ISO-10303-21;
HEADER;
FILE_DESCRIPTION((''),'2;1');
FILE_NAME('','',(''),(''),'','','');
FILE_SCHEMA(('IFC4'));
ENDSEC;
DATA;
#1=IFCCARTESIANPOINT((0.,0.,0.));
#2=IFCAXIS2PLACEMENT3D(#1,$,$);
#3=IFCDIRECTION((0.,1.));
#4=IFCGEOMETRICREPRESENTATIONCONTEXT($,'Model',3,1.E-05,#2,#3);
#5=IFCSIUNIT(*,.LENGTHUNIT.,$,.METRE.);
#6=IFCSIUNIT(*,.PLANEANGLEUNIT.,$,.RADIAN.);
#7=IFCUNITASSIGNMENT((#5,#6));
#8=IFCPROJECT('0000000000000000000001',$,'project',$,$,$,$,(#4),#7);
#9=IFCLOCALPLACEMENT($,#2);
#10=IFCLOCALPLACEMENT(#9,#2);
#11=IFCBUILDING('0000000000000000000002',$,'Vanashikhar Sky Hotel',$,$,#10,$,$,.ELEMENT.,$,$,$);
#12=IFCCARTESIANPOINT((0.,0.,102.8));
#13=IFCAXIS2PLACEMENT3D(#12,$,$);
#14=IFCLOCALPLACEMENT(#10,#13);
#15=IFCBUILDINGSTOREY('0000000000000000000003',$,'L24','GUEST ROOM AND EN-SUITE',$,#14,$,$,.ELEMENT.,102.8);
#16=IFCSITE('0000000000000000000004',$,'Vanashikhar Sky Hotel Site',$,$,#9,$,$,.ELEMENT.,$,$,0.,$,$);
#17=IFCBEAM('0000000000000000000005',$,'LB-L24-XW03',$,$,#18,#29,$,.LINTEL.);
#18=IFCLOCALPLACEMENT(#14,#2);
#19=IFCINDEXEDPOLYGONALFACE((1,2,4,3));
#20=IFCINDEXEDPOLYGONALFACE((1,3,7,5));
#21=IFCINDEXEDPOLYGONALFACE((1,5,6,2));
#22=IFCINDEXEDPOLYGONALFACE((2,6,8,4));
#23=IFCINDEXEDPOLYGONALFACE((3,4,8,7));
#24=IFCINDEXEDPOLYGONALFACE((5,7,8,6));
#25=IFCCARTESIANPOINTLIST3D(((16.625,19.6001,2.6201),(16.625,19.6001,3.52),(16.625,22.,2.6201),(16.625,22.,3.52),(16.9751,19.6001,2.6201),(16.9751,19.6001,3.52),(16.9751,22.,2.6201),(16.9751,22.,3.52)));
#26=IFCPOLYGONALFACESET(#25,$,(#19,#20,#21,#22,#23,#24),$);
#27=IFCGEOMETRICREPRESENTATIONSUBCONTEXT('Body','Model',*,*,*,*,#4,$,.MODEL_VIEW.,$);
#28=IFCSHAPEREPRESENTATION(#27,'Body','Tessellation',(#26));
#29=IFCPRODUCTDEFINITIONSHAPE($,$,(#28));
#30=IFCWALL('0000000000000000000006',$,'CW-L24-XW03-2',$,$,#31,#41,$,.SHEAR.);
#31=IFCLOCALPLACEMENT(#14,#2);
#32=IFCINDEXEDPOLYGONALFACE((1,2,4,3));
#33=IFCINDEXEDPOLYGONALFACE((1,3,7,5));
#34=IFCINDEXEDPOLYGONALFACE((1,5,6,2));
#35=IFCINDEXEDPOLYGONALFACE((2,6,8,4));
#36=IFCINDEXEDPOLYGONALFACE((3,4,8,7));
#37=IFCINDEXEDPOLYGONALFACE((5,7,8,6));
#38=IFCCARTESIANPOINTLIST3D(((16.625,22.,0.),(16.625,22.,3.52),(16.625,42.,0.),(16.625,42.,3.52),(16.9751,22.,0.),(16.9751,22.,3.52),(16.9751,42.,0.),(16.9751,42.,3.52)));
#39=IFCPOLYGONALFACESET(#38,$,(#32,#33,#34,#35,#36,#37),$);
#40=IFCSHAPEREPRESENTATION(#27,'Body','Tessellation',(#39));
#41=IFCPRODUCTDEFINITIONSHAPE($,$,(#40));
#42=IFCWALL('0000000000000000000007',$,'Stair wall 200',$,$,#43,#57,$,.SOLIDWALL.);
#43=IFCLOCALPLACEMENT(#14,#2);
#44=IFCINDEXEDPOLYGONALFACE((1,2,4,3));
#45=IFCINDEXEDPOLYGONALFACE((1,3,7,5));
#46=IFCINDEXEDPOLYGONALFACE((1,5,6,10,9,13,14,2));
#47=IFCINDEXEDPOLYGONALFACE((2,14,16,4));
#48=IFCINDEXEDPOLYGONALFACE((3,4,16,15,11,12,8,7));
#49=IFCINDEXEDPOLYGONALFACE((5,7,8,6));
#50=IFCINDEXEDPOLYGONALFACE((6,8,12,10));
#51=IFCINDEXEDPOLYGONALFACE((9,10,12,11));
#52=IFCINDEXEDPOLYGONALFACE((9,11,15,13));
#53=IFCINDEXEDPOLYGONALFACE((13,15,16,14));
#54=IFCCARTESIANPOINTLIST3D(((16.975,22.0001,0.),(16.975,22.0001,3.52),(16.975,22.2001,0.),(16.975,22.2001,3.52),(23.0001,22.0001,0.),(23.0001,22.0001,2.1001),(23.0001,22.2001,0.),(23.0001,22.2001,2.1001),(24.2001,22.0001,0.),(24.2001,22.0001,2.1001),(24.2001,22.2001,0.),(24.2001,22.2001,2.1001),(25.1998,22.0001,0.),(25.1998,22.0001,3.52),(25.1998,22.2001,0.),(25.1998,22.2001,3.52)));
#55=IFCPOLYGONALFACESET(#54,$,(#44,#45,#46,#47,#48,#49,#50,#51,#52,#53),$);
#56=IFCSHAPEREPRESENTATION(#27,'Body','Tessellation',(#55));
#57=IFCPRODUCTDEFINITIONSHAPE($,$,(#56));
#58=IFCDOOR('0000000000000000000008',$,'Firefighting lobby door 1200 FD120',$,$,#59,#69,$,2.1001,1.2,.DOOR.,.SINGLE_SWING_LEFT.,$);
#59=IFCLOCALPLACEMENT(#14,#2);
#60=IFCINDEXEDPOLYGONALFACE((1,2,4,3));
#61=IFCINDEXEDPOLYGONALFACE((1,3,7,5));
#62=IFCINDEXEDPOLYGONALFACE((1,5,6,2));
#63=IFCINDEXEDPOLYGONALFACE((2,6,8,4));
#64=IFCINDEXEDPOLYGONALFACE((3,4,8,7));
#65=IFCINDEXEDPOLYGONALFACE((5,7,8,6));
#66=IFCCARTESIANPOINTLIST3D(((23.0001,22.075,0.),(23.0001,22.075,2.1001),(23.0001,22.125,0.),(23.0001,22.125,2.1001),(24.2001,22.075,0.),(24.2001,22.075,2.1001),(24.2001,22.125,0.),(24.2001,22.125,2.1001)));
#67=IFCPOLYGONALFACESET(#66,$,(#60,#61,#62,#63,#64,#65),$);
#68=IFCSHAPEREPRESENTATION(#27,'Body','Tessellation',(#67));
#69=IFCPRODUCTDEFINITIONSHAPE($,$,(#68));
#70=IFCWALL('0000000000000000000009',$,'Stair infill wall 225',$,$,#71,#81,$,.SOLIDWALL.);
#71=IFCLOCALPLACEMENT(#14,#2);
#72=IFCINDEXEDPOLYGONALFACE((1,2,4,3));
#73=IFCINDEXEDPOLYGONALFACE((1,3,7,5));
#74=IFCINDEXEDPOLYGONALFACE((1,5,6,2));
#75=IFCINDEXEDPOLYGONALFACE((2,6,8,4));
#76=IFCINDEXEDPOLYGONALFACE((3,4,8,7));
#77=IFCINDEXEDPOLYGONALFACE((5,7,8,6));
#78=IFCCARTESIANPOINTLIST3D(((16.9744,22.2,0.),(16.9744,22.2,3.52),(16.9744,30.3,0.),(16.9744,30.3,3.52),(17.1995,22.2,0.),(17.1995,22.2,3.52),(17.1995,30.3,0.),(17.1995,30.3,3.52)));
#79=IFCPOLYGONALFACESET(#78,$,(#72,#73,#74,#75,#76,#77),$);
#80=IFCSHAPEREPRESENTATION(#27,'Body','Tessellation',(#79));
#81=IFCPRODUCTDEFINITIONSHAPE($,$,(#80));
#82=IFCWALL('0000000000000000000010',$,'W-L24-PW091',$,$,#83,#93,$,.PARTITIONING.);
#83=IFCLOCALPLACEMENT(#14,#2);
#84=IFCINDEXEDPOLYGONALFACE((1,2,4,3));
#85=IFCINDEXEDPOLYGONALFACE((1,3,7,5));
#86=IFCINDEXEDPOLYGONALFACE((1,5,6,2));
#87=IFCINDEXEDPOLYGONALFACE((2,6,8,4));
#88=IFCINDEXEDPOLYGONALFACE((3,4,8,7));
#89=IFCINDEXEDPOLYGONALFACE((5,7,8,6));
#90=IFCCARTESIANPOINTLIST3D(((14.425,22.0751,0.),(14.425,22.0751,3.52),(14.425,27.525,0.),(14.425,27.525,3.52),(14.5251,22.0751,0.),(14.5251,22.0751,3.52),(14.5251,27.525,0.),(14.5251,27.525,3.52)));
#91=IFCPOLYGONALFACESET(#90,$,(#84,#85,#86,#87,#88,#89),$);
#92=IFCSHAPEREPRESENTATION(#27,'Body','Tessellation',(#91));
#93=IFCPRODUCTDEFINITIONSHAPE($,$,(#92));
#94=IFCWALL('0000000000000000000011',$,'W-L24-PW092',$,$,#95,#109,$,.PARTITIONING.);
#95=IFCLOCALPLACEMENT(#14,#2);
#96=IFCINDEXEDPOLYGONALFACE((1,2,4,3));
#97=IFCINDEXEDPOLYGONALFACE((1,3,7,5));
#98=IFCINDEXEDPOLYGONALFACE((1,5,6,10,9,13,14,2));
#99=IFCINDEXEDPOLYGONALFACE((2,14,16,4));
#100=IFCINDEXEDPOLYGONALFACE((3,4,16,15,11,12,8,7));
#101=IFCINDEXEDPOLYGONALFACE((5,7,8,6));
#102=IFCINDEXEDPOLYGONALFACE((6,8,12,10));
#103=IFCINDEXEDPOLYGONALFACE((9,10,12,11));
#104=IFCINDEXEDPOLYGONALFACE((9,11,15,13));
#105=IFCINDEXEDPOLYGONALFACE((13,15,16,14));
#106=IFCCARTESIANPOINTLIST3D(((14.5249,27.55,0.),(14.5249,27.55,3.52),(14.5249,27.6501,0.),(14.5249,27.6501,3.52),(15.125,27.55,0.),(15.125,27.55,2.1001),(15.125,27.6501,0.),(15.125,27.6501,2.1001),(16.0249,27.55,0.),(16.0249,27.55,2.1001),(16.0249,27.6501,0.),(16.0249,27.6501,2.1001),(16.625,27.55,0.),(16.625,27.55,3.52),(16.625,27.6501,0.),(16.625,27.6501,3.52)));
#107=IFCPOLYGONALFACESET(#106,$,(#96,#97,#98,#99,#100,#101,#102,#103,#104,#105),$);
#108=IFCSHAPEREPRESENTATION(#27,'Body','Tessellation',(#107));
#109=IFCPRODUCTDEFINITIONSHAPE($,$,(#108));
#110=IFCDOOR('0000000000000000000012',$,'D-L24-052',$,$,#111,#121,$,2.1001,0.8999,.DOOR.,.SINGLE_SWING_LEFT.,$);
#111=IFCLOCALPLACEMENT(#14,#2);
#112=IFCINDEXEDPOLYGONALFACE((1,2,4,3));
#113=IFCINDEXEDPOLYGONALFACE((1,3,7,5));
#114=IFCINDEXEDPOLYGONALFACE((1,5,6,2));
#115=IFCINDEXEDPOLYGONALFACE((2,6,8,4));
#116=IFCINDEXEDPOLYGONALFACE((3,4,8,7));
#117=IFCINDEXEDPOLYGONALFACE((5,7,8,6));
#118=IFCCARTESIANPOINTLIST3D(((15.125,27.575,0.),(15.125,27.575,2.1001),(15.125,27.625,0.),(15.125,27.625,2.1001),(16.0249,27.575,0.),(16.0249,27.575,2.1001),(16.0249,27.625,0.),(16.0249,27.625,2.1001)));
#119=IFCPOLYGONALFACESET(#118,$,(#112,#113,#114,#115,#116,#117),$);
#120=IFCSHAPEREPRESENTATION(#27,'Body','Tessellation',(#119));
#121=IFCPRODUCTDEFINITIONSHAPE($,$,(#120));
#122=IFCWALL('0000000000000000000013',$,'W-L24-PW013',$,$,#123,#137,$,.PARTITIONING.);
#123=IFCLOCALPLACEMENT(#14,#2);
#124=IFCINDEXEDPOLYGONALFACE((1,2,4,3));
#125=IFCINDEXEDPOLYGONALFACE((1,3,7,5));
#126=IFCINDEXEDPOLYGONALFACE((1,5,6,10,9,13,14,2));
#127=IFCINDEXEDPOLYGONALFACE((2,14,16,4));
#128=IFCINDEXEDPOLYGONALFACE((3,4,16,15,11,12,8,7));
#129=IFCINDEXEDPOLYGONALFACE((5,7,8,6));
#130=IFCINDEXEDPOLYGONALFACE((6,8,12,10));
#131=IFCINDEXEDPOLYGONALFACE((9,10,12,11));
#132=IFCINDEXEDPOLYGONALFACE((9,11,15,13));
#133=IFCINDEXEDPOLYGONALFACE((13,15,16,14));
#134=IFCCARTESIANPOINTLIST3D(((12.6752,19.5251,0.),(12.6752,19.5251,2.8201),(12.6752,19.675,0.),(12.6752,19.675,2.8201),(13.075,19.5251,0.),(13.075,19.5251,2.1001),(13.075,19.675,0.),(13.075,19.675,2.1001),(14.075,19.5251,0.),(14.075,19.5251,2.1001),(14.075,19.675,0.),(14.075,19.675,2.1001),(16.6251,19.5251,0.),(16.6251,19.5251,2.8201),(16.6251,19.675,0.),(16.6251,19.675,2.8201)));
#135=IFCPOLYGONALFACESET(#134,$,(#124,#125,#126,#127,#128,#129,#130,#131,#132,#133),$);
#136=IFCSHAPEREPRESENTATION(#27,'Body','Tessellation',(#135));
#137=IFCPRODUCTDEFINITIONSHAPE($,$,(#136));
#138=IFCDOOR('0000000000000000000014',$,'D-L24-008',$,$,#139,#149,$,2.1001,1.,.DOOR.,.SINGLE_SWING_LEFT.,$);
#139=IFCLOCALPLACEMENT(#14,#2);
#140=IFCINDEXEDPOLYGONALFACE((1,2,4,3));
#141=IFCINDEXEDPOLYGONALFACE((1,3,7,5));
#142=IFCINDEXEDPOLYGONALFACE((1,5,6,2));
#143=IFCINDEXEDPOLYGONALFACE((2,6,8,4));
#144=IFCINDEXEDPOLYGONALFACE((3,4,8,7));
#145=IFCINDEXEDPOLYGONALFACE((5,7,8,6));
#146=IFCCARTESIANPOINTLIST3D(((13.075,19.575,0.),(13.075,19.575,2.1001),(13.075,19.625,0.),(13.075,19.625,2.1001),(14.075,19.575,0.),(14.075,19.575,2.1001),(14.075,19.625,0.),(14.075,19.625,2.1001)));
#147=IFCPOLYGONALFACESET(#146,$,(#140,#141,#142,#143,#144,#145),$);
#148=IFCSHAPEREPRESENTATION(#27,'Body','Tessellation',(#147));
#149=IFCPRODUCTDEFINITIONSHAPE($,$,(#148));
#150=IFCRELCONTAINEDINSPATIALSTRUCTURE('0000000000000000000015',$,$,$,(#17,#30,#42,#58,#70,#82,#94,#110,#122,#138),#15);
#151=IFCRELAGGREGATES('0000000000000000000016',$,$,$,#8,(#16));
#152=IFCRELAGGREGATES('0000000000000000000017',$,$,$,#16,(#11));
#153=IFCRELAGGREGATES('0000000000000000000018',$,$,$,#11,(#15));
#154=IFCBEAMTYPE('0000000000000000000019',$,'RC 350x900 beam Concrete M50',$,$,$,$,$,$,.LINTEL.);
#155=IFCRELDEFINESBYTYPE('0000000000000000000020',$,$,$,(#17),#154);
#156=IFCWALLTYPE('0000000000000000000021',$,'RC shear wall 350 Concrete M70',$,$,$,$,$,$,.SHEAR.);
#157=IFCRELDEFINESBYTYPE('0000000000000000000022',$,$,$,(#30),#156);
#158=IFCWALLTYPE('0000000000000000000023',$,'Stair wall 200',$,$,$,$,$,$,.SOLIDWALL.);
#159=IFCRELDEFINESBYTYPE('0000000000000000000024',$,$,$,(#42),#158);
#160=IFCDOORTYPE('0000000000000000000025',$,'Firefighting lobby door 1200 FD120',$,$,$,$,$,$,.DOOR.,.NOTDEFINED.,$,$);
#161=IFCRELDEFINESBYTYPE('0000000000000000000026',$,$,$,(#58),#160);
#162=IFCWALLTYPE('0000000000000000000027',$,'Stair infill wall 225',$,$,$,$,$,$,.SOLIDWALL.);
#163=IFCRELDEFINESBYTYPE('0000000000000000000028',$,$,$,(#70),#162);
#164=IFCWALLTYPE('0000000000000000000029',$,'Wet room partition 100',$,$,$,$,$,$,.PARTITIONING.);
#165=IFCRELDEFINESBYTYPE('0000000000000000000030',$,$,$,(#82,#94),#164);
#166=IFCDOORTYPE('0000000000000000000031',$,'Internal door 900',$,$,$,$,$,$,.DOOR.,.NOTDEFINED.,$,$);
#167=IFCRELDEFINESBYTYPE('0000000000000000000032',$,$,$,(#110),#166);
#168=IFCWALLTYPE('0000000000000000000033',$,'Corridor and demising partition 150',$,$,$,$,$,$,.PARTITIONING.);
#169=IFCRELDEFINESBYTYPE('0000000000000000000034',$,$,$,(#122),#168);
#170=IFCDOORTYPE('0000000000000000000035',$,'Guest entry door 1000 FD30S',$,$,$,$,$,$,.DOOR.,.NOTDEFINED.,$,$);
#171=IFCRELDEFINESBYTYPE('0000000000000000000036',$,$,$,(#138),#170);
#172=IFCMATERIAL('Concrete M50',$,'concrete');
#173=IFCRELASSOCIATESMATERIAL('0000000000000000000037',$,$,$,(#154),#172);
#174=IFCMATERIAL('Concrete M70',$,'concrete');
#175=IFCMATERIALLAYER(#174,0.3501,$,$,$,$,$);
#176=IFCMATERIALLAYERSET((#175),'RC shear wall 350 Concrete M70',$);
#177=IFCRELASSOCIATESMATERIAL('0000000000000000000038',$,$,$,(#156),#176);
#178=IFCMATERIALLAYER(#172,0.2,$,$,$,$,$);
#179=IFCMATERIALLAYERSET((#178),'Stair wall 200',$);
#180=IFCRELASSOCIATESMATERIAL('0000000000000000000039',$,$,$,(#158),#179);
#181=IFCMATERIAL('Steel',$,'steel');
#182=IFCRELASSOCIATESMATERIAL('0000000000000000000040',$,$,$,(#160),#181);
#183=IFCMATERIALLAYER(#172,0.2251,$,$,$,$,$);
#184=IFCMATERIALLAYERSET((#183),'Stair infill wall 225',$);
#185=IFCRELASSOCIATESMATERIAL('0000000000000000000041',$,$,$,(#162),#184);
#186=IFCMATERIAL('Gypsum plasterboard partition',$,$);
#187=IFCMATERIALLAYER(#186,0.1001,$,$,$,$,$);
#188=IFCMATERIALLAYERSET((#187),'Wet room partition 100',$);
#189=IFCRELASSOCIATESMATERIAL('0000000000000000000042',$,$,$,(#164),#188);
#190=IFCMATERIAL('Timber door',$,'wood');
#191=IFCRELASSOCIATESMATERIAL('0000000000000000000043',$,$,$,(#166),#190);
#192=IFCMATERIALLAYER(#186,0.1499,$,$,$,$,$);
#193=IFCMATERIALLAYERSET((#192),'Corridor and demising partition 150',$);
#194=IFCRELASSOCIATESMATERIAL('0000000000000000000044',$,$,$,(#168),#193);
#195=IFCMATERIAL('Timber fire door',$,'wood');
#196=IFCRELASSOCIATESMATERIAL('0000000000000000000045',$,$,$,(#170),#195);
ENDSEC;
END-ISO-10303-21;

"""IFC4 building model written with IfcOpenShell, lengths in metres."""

from ifc_helpers import new_model, si_unit, direction, frame, frame_2d, origin, origin_2d, place, context, subcontext, project, spatial, rectangle, extrude, source, transform, mapped, material, layer, layer_set, material_profile, profile_set, type_object, element, fill, save


model = new_model("IFC4")

# Units and contexts
model_context = context("Model", 3, precision=1e-05, world=origin(), true_north=direction((0.0, 1.0)))
body_context = subcontext(model_context, "Body", "Model", "MODEL_VIEW")
ifc_project = project(units=[si_unit("LENGTHUNIT", "METRE"), si_unit("PLANEANGLEUNIT", "RADIAN")], contexts=[model_context])

# Site, building, storey
site_placement = place(None, origin())
site = spatial("IfcSite", under=ifc_project, at=site_placement, Name="Vanashikhar Sky Hotel Site", CompositionType="ELEMENT", RefElevation=0.0)
building_placement = place(site_placement, origin())
building = spatial("IfcBuilding", under=site, at=building_placement, Name="Vanashikhar Sky Hotel", CompositionType="ELEMENT")
storey_placement = place(building_placement, frame((0.0, 0.0, 102.8)))
storey = spatial("IfcBuildingStorey", under=building, at=storey_placement, Name="L24", Description="GUEST ROOM AND EN-SUITE", CompositionType="ELEMENT", Elevation=102.8)

# Beam
ifc_material_1 = material(Name="Concrete M50", Category="concrete")
ifc_material_profile = material_profile(ifc_material_1, rectangle(XDim=0.3501, YDim=0.8999, at=origin_2d()))
ifc_profile_set = profile_set([ifc_material_profile], Name="RC 350x900 beam Concrete M50")
beam_type = type_object("IfcBeamType", Name="RC 350x900 beam Concrete M50", PredefinedType="LINTEL", material=ifc_profile_set)
shared_shape_1 = source(origin(), body_context, "Body", "SweptSolid", [
    extrude(rectangle(XDim=0.3501, YDim=0.8999, at=origin_2d()), origin(), (0.0, 0.0, 1.0), 2.3999),
])
beam_placement = place(storey_placement, frame((16.8, 19.6001, 3.0701), z_axis=(0.0, 1.0, 0.0), x_axis=(-1.0, 0.0, 0.0)))
element("IfcBeam", 1, at=beam_placement, inside=storey, type_object=beam_type, Name="LB-L24-XW03", PredefinedType="LINTEL", context=body_context, shape_type="MappedRepresentation", body=[
    mapped(shared_shape_1, transform((0.0, 0.0, 0.0), scale=1.0)),
])

# Wall
ifc_material_2 = material(Name="Concrete M70", Category="concrete")
ifc_layer_1 = layer(ifc_material_2, 0.3501)
ifc_layer_set_1 = layer_set([ifc_layer_1], Name="RC shear wall 350 Concrete M70")
wall_type_1 = type_object("IfcWallType", Name="RC shear wall 350 Concrete M70", PredefinedType="SHEAR", material=ifc_layer_set_1)
shared_shape_2 = source(origin(), body_context, "Body", "SweptSolid", [
    extrude(rectangle(XDim=20.0, YDim=0.3501, at=frame_2d((10.0, 0.0))), origin(), (0.0, 0.0, 1.0), 3.52),
])
wall_1_placement = place(storey_placement, frame((16.8, 22.0, 0.0), z_axis=(0.0, 0.0, 1.0), x_axis=(0.0, 1.0, 0.0)))
element("IfcWall", 2, at=wall_1_placement, inside=storey, type_object=wall_type_1, Name="CW-L24-XW03-2", PredefinedType="SHEAR", context=body_context, shape_type="MappedRepresentation", body=[
    mapped(shared_shape_2, transform((0.0, 0.0, 0.0), scale=1.0)),
])

# Wall, opening, door
ifc_layer_2 = layer(ifc_material_1, 0.2)
ifc_layer_set_2 = layer_set([ifc_layer_2], Name="Stair wall 200")
wall_type_2 = type_object("IfcWallType", Name="Stair wall 200", PredefinedType="SOLIDWALL", material=ifc_layer_set_2)
shared_shape_3 = source(origin(), body_context, "Body", "SweptSolid", [
    extrude(rectangle(XDim=8.2249, YDim=0.2, at=frame_2d((4.1123, 0.0))), origin(), (0.0, 0.0, 1.0), 3.52),
])
wall_2_placement = place(storey_placement, frame((16.9751, 22.1001, 0.0), z_axis=(0.0, 0.0, 1.0), x_axis=(1.0, 0.0, 0.0)))
wall_2 = element("IfcWall", 3, at=wall_2_placement, inside=storey, type_object=wall_type_2, Name="Stair wall 200", PredefinedType="SOLIDWALL", context=body_context, shape_type="MappedRepresentation", body=[
    mapped(shared_shape_3, transform((0.0, 0.0, 0.0), scale=1.0)),
])
shared_shape_4 = source(origin(), body_context, "Body", "SweptSolid", [
    extrude(rectangle(XDim=1.2, YDim=2.1001, at=frame_2d((0.6001, 1.05))), frame((0.0, 0.1099, 0.0), z_axis=(0.0, -1.0, 0.0), x_axis=(1.0, 0.0, 0.0)), (0.0, 0.0, 1.0), 0.22),
])
opening_1_placement = place(wall_2_placement, frame((6.0249, 0.0, 0.0)))
opening_1 = element("IfcOpeningElement", 4, at=opening_1_placement, cuts=wall_2, PredefinedType="OPENING", context=body_context, shape_type="MappedRepresentation", body=[
    mapped(shared_shape_4, transform((0.0, 0.0, 0.0), scale=1.0)),
])
ifc_material_3 = material(Name="Steel", Category="steel")
door_type_1 = type_object("IfcDoorType", Name="Firefighting lobby door 1200 FD120", OperationType="NOTDEFINED", PredefinedType="DOOR", material=ifc_material_3)
shared_shape_5 = source(origin(), body_context, "Body", "SweptSolid", [
    extrude(rectangle(XDim=1.2, YDim=2.1001, at=frame_2d((0.6001, 1.05))), frame((0.0, 0.0249, 0.0), z_axis=(0.0, -1.0, 0.0), x_axis=(1.0, 0.0, 0.0)), (0.0, 0.0, 1.0), 0.05),
])
door_1_placement = place(opening_1_placement, origin())
door_1 = element("IfcDoor", 5, at=door_1_placement, inside=storey, type_object=door_type_1, Name="Firefighting lobby door 1200 FD120", OperationType="SINGLE_SWING_LEFT", OverallHeight=2.1001, OverallWidth=1.2, PredefinedType="DOOR", context=body_context, shape_type="MappedRepresentation", body=[
    mapped(shared_shape_5, transform((0.0, 0.0, 0.0), scale=1.0)),
])
fill(opening_1, door_1)

# Walls
ifc_layer_3 = layer(ifc_material_1, 0.2251)
ifc_layer_set_3 = layer_set([ifc_layer_3], Name="Stair infill wall 225")
wall_type_3 = type_object("IfcWallType", Name="Stair infill wall 225", PredefinedType="SOLIDWALL", material=ifc_layer_set_3)
shared_shape_6 = source(origin(), body_context, "Body", "SweptSolid", [
    extrude(rectangle(XDim=8.1001, YDim=0.2251, at=frame_2d((4.05, 0.0))), origin(), (0.0, 0.0, 1.0), 3.52),
])
wall_3_placement = place(storey_placement, frame((17.0869, 22.2, 0.0), z_axis=(0.0, 0.0, 1.0), x_axis=(0.0, 1.0, 0.0)))
element("IfcWall", 6, at=wall_3_placement, inside=storey, type_object=wall_type_3, Name="Stair infill wall 225", PredefinedType="SOLIDWALL", context=body_context, shape_type="MappedRepresentation", body=[
    mapped(shared_shape_6, transform((0.0, 0.0, 0.0), scale=1.0)),
])
ifc_material_4 = material(Name="Gypsum plasterboard partition")
ifc_layer_4 = layer(ifc_material_4, 0.1001)
ifc_layer_set_4 = layer_set([ifc_layer_4], Name="Wet room partition 100")
wall_type_4 = type_object("IfcWallType", Name="Wet room partition 100", PredefinedType="PARTITIONING", material=ifc_layer_set_4)
shared_shape_7 = source(origin(), body_context, "Body", "SweptSolid", [
    extrude(rectangle(XDim=5.45, YDim=0.1001, at=frame_2d((2.7251, 0.0))), origin(), (0.0, 0.0, 1.0), 3.52),
])
wall_4_placement = place(storey_placement, frame((14.4751, 22.075, 0.0), z_axis=(0.0, 0.0, 1.0), x_axis=(0.0, 1.0, 0.0)))
element("IfcWall", 7, at=wall_4_placement, inside=storey, type_object=wall_type_4, Name="W-L24-PW091", PredefinedType="PARTITIONING", context=body_context, shape_type="MappedRepresentation", body=[
    mapped(shared_shape_7, transform((0.0, 0.0, 0.0), scale=1.0)),
])

# Walls, openings, doors
shared_shape_8 = source(origin(), body_context, "Body", "SweptSolid", [
    extrude(rectangle(XDim=2.1001, YDim=0.1001, at=frame_2d((1.05, 0.0))), origin(), (0.0, 0.0, 1.0), 3.52),
])
wall_5_placement = place(storey_placement, frame((14.5249, 27.6001, 0.0), z_axis=(0.0, 0.0, 1.0), x_axis=(1.0, 0.0, 0.0)))
wall_5 = element("IfcWall", 8, at=wall_5_placement, inside=storey, type_object=wall_type_4, Name="W-L24-PW092", PredefinedType="PARTITIONING", context=body_context, shape_type="MappedRepresentation", body=[
    mapped(shared_shape_8, transform((0.0, 0.0, 0.0), scale=1.0)),
])
shared_shape_9 = source(origin(), body_context, "Body", "SweptSolid", [
    extrude(rectangle(XDim=0.8999, YDim=2.1001, at=frame_2d((0.45, 1.05))), frame((0.0, 0.0601, 0.0), z_axis=(0.0, -1.0, 0.0), x_axis=(1.0, 0.0, 0.0)), (0.0, 0.0, 1.0), 0.1201),
])
opening_2_placement = place(wall_5_placement, frame((0.6001, 0.0, 0.0)))
opening_2 = element("IfcOpeningElement", 9, at=opening_2_placement, cuts=wall_5, PredefinedType="OPENING", context=body_context, shape_type="MappedRepresentation", body=[
    mapped(shared_shape_9, transform((0.0, 0.0, 0.0), scale=1.0)),
])
ifc_material_5 = material(Name="Timber door", Category="wood")
door_type_2 = type_object("IfcDoorType", Name="Internal door 900", OperationType="NOTDEFINED", PredefinedType="DOOR", material=ifc_material_5)
shared_shape_10 = source(origin(), body_context, "Body", "SweptSolid", [
    extrude(rectangle(XDim=0.8999, YDim=2.1001, at=frame_2d((0.45, 1.05))), frame((0.0, 0.0249, 0.0), z_axis=(0.0, -1.0, 0.0), x_axis=(1.0, 0.0, 0.0)), (0.0, 0.0, 1.0), 0.05),
])
door_2_placement = place(opening_2_placement, origin())
door_2 = element("IfcDoor", 10, at=door_2_placement, inside=storey, type_object=door_type_2, Name="D-L24-052", OperationType="SINGLE_SWING_LEFT", OverallHeight=2.1001, OverallWidth=0.8999, PredefinedType="DOOR", context=body_context, shape_type="MappedRepresentation", body=[
    mapped(shared_shape_10, transform((0.0, 0.0, 0.0), scale=1.0)),
])
fill(opening_2, door_2)
ifc_layer_5 = layer(ifc_material_4, 0.1499)
ifc_layer_set_5 = layer_set([ifc_layer_5], Name="Corridor and demising partition 150")
wall_type_5 = type_object("IfcWallType", Name="Corridor and demising partition 150", PredefinedType="PARTITIONING", material=ifc_layer_set_5)
shared_shape_11 = source(origin(), body_context, "Body", "SweptSolid", [
    extrude(rectangle(XDim=3.95, YDim=0.1499, at=frame_2d((1.9751, 0.0))), origin(), (0.0, 0.0, 1.0), 2.8201),
])
wall_6_placement = place(storey_placement, frame((12.675, 19.6001, 0.0), z_axis=(0.0, 0.0, 1.0), x_axis=(1.0, 0.0, 0.0)))
wall_6 = element("IfcWall", 11, at=wall_6_placement, inside=storey, type_object=wall_type_5, Name="W-L24-PW013", PredefinedType="PARTITIONING", context=body_context, shape_type="MappedRepresentation", body=[
    mapped(shared_shape_11, transform((0.0, 0.0, 0.0), scale=1.0)),
])
shared_shape_12 = source(origin(), body_context, "Body", "SweptSolid", [
    extrude(rectangle(XDim=1.0, YDim=2.1001, at=frame_2d((0.5, 1.05))), frame((0.0, 0.085, 0.0), z_axis=(0.0, -1.0, 0.0), x_axis=(1.0, 0.0, 0.0)), (0.0, 0.0, 1.0), 0.1699),
])
opening_3_placement = place(wall_6_placement, frame((0.3999, 0.0, 0.0)))
opening_3 = element("IfcOpeningElement", 12, at=opening_3_placement, cuts=wall_6, PredefinedType="OPENING", context=body_context, shape_type="MappedRepresentation", body=[
    mapped(shared_shape_12, transform((0.0, 0.0, 0.0), scale=1.0)),
])
ifc_material_6 = material(Name="Timber fire door", Category="wood")
door_type_3 = type_object("IfcDoorType", Name="Guest entry door 1000 FD30S", OperationType="NOTDEFINED", PredefinedType="DOOR", material=ifc_material_6)
shared_shape_13 = source(origin(), body_context, "Body", "SweptSolid", [
    extrude(rectangle(XDim=1.0, YDim=2.1001, at=frame_2d((0.5, 1.05))), frame((0.0, 0.0249, 0.0), z_axis=(0.0, -1.0, 0.0), x_axis=(1.0, 0.0, 0.0)), (0.0, 0.0, 1.0), 0.05),
])
door_3_placement = place(opening_3_placement, origin())
door_3 = element("IfcDoor", 13, at=door_3_placement, inside=storey, type_object=door_type_3, Name="D-L24-008", OperationType="SINGLE_SWING_LEFT", OverallHeight=2.1001, OverallWidth=1.0, PredefinedType="DOOR", context=body_context, shape_type="MappedRepresentation", body=[
    mapped(shared_shape_13, transform((0.0, 0.0, 0.0), scale=1.0)),
])
fill(opening_3, door_3)

save(model, "model.ifc")
